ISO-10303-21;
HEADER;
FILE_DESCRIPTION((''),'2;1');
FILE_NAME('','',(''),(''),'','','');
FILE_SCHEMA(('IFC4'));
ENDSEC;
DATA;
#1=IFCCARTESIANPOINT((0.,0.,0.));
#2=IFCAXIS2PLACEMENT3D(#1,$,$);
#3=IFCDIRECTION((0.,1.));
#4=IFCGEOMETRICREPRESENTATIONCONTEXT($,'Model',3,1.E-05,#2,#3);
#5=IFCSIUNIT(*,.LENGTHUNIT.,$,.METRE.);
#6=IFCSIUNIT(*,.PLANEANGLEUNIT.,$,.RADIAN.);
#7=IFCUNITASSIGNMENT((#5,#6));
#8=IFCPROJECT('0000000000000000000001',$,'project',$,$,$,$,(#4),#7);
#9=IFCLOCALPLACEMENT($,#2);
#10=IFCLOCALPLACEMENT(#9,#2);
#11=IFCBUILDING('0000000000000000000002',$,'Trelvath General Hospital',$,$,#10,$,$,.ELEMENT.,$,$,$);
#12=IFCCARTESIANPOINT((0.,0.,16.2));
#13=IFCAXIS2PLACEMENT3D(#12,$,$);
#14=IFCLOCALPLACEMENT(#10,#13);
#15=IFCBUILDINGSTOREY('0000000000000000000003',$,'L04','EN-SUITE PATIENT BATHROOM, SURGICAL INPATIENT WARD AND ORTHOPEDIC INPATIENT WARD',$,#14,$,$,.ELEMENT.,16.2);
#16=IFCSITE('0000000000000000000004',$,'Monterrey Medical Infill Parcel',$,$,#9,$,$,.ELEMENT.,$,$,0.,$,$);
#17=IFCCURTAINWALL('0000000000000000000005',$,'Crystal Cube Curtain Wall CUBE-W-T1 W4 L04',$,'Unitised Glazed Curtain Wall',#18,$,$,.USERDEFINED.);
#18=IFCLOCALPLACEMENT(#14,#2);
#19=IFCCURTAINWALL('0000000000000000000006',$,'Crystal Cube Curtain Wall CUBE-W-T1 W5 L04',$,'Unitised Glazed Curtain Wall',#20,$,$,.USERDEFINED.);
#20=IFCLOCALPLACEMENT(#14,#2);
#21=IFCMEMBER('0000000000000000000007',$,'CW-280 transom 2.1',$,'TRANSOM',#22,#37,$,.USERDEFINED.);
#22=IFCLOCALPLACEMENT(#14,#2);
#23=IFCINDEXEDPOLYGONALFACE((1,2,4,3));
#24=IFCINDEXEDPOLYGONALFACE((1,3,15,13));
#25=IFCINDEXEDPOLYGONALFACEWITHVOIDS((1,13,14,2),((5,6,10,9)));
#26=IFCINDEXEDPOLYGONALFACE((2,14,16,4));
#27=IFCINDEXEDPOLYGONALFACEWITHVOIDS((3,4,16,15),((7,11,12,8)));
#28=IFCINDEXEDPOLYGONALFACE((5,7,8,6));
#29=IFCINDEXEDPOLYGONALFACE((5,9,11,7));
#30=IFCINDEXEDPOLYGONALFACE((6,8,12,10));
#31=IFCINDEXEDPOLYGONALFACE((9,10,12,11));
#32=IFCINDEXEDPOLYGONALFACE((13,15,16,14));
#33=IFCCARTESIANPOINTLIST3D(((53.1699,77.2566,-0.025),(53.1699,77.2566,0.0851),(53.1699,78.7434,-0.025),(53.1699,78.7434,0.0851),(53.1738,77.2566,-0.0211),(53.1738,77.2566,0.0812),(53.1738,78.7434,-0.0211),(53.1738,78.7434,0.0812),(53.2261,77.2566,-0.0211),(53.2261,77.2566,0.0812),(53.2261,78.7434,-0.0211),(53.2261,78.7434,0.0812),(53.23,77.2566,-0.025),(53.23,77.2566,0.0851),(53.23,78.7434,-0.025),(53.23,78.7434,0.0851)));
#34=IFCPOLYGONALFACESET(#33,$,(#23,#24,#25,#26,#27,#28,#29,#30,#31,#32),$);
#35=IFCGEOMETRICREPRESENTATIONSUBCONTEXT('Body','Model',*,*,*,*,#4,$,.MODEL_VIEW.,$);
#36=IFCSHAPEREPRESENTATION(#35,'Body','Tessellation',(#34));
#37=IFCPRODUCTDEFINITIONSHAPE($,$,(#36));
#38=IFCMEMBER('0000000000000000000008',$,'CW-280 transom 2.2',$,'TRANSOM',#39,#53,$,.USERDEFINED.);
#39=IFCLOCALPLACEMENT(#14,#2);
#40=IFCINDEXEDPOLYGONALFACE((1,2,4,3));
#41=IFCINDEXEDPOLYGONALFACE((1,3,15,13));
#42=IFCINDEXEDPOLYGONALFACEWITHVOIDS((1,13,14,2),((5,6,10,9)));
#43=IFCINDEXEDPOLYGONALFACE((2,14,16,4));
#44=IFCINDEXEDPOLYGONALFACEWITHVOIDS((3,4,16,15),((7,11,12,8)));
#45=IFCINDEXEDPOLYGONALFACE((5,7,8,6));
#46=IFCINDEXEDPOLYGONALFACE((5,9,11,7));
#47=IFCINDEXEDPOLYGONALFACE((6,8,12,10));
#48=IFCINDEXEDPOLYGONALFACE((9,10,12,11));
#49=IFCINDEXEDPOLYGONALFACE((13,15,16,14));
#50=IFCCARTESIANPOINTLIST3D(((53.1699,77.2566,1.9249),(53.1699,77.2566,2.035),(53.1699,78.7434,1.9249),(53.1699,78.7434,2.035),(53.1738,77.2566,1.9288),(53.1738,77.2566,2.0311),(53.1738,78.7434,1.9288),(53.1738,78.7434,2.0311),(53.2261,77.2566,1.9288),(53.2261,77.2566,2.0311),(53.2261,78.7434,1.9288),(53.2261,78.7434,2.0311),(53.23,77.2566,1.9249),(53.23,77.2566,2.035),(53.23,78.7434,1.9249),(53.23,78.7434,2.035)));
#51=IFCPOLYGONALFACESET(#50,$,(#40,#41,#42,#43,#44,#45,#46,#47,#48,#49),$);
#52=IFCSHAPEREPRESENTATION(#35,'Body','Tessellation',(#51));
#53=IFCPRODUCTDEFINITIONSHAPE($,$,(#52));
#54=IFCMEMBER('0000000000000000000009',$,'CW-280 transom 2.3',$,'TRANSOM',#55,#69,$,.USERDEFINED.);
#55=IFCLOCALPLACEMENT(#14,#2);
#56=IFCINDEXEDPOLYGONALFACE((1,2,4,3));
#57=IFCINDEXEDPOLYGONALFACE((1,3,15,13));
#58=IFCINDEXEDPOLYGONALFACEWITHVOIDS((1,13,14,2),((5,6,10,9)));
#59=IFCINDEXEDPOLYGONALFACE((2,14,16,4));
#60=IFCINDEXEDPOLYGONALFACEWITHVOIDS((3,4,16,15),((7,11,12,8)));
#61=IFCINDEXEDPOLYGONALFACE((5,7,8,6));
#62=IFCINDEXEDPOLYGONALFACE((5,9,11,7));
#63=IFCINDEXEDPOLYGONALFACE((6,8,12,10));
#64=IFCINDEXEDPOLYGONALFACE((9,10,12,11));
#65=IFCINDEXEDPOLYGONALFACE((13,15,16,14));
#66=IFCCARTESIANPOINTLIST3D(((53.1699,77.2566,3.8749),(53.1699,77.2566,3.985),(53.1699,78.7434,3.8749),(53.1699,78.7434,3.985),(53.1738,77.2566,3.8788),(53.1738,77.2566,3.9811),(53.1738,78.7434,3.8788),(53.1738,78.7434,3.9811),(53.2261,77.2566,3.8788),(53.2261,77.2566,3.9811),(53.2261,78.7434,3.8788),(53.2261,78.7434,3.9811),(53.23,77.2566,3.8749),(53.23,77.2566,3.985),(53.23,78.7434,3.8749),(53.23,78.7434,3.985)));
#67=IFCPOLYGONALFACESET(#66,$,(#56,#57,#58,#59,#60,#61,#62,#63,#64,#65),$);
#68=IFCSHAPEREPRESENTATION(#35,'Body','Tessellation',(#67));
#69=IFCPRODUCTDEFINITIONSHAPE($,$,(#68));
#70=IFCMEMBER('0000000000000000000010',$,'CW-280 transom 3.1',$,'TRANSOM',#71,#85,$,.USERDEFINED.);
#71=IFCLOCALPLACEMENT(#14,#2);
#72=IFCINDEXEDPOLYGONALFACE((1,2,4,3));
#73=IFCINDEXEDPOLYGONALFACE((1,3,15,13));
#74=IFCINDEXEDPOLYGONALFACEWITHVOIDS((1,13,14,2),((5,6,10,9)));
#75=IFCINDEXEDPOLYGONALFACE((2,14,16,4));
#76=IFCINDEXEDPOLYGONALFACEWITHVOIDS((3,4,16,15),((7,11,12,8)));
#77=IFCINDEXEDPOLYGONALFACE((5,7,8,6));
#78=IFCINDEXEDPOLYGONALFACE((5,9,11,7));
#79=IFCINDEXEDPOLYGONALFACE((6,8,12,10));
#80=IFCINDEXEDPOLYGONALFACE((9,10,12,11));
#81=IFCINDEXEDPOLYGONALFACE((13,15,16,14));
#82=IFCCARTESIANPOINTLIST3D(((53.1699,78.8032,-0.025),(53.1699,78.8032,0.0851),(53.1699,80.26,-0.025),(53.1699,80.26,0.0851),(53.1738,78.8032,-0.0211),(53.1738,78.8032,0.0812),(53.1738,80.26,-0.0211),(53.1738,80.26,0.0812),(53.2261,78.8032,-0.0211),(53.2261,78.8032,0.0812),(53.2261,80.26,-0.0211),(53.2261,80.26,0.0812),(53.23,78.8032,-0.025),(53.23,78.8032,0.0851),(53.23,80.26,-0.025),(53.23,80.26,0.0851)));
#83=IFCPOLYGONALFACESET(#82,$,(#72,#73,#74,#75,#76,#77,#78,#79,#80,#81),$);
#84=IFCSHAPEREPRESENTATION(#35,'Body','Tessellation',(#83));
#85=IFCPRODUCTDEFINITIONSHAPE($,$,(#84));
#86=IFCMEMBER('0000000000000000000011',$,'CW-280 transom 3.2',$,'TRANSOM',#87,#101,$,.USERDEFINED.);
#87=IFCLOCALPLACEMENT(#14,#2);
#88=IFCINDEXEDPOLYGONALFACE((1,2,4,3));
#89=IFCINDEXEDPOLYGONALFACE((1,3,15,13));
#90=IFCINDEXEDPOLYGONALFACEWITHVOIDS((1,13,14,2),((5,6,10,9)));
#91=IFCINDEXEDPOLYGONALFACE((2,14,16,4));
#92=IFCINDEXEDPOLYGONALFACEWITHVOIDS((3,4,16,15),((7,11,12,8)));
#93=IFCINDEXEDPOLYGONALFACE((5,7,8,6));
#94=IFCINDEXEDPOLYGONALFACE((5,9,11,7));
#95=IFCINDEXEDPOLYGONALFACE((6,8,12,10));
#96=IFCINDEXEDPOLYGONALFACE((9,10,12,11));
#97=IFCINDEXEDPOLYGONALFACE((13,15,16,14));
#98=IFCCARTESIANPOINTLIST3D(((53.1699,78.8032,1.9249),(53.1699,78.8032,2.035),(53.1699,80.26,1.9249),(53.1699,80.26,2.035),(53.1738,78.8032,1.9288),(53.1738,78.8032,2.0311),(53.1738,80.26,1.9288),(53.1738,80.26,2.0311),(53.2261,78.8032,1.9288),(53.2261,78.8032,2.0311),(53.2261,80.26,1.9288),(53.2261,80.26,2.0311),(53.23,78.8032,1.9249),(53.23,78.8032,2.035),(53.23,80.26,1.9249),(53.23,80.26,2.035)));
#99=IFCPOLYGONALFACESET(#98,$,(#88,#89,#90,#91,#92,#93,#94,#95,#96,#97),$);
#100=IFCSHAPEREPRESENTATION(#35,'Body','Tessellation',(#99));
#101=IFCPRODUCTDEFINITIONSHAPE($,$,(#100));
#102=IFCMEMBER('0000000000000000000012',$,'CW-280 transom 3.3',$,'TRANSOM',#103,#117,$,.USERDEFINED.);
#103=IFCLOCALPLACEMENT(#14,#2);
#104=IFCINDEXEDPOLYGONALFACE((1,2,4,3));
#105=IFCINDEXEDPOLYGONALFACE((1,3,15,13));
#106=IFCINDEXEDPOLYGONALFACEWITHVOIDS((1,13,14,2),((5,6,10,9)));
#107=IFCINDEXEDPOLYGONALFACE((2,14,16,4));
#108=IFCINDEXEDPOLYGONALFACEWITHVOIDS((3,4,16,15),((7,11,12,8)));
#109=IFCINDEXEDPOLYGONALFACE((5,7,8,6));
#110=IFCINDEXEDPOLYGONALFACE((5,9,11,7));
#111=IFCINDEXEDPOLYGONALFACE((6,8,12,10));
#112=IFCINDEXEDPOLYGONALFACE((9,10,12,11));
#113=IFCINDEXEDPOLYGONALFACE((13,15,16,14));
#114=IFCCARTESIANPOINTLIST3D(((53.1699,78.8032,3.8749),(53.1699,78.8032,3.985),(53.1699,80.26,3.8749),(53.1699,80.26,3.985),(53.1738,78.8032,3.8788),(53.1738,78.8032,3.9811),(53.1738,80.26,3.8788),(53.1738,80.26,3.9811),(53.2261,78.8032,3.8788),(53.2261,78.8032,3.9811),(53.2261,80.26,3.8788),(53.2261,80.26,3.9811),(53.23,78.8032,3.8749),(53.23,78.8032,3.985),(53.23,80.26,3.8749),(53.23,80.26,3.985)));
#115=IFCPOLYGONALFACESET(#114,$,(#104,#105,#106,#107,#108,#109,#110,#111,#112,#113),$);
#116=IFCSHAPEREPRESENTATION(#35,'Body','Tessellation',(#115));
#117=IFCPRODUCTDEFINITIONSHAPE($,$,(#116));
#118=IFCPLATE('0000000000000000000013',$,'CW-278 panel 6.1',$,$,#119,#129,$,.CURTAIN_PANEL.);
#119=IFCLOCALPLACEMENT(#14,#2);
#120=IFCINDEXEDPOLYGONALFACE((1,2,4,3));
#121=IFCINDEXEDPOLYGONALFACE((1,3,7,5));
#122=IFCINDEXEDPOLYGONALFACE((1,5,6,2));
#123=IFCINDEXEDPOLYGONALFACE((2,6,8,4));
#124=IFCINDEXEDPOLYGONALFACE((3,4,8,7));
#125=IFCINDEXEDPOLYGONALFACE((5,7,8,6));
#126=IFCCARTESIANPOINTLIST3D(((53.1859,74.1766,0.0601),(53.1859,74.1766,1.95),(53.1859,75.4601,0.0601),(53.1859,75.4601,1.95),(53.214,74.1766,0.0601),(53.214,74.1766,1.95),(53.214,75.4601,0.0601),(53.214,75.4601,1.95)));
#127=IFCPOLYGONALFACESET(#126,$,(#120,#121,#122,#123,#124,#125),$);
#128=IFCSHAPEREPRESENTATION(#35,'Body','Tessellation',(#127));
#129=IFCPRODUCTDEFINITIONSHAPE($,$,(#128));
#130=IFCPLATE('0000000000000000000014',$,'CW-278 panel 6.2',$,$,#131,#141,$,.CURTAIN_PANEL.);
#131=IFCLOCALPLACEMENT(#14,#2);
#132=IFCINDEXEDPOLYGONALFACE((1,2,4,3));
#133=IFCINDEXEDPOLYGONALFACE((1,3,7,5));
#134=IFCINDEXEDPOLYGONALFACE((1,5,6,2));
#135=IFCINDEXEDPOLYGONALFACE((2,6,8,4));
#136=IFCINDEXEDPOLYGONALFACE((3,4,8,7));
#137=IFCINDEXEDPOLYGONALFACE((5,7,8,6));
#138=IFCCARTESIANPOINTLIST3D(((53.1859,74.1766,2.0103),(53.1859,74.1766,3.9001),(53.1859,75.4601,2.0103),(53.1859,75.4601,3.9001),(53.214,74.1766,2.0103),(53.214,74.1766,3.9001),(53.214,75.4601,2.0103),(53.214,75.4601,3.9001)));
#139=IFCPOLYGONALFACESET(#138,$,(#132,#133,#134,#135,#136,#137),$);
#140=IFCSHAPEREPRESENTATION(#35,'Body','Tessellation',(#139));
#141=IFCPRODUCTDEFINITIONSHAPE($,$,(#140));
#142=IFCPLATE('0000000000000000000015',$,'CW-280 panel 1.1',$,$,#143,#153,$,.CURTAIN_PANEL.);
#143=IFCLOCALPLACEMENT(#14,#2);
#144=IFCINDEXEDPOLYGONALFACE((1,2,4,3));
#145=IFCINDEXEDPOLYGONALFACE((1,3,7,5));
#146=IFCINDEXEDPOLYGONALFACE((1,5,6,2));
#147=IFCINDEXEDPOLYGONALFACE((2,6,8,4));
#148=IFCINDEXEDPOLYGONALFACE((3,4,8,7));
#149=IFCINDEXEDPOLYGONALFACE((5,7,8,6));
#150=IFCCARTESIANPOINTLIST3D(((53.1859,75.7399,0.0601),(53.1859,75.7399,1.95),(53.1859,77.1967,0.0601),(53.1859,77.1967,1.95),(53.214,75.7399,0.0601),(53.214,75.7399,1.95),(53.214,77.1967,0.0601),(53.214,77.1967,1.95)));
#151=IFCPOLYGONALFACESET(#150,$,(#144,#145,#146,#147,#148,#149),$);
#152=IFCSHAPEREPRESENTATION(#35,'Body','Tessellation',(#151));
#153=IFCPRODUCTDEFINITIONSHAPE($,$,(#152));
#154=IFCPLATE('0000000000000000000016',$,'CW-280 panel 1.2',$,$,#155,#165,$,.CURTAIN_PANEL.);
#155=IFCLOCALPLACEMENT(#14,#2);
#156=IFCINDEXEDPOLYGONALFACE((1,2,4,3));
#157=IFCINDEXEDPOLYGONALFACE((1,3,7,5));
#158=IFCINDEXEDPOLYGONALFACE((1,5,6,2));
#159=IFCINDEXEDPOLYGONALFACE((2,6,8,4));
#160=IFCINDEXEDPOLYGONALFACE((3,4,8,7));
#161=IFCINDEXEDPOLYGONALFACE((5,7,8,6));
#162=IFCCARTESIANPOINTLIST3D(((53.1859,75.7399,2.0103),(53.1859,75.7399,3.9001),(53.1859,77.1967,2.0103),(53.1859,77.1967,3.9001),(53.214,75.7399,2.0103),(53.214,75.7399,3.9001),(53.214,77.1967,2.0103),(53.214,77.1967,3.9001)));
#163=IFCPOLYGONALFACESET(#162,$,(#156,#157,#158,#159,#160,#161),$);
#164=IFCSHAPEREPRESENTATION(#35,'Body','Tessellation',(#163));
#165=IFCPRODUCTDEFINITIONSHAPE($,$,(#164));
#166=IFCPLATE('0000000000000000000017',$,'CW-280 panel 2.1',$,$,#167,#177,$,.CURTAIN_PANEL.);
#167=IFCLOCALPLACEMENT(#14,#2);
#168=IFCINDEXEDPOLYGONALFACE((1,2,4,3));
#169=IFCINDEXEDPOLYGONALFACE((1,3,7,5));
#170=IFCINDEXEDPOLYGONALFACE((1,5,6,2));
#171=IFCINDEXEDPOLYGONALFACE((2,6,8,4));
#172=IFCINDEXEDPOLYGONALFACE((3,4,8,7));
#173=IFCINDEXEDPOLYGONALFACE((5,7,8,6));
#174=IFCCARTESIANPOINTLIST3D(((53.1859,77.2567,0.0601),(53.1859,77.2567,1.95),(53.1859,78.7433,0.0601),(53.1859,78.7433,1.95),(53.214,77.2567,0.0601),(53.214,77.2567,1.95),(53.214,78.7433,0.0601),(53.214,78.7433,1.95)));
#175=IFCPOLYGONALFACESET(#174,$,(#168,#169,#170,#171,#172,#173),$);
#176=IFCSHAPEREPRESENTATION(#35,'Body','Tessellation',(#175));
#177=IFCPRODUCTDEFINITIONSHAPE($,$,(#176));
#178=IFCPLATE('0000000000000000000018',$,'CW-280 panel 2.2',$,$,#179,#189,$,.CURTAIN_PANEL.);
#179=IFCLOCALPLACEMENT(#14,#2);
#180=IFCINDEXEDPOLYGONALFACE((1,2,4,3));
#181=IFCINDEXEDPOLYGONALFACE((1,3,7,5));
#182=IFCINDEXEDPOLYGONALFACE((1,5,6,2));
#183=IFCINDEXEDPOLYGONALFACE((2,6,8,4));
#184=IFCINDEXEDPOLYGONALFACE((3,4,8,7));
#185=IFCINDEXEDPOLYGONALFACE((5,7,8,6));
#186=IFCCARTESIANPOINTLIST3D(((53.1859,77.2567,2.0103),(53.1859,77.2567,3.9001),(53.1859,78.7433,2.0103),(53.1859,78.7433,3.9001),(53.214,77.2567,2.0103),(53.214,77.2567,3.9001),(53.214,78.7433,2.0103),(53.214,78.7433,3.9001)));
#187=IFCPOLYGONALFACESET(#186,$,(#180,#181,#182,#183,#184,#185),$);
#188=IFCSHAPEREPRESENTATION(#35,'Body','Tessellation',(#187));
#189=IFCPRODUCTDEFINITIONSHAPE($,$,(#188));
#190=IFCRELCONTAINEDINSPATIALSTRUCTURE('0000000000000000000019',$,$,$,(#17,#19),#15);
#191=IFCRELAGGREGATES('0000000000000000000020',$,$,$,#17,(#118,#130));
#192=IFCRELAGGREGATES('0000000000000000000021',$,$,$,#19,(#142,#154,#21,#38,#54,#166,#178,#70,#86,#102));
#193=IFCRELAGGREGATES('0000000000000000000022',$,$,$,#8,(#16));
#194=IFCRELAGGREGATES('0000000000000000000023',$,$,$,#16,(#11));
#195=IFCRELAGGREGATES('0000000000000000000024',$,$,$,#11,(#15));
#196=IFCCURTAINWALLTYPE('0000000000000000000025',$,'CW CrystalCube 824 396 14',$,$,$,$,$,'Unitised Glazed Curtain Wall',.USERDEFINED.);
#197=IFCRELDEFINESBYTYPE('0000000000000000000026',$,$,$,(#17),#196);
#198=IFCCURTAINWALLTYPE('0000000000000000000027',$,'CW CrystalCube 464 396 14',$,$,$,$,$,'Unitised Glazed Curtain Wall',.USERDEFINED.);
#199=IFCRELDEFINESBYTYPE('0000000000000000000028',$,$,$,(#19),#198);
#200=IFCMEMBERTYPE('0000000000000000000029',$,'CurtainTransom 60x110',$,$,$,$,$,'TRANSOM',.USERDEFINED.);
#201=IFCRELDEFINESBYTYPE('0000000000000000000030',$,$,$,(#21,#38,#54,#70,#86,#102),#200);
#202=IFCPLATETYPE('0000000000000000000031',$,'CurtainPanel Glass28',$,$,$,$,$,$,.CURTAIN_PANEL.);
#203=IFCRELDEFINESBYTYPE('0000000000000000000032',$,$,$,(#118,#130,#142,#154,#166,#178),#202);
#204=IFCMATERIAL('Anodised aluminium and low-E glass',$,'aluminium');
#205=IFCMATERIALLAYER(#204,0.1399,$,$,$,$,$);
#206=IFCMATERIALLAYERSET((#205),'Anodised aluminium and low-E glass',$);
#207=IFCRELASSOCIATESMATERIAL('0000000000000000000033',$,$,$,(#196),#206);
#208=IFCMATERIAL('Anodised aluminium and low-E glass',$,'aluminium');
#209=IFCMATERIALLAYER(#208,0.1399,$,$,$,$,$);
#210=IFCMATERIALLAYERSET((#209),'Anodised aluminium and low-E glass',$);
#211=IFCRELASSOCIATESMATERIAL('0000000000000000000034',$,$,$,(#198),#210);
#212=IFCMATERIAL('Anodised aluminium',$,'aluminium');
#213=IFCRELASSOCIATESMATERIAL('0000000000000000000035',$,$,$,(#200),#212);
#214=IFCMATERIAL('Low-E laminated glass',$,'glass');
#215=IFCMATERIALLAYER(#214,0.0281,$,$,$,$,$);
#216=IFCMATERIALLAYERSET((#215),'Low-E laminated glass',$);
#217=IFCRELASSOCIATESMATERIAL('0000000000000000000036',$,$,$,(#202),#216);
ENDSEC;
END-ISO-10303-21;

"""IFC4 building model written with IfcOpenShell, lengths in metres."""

from ifc_helpers import new_model, si_unit, direction, frame, origin, origin_2d, place, context, subcontext, project, spatial, rectangle, hollow_rectangle, extrude, material, layer, layer_set, material_profile, profile_set, type_object, element, aggregate, save


model = new_model("IFC4")

# Units and contexts
model_context = context("Model", 3, precision=1e-05, world=origin(), true_north=direction((0.0, 1.0)))
body_context = subcontext(model_context, "Body", "Model", "MODEL_VIEW")
ifc_project = project(units=[si_unit("LENGTHUNIT", "METRE"), si_unit("PLANEANGLEUNIT", "RADIAN")], contexts=[model_context])

# Site, building, storey
site_placement = place(None, origin())
site = spatial("IfcSite", under=ifc_project, at=site_placement, Name="Monterrey Medical Infill Parcel", CompositionType="ELEMENT", RefElevation=0.0)
building_placement = place(site_placement, origin())
building = spatial("IfcBuilding", under=site, at=building_placement, Name="Trelvath General Hospital", CompositionType="ELEMENT")
storey_placement = place(building_placement, frame((0.0, 0.0, 16.2)))
storey = spatial("IfcBuildingStorey", under=building, at=storey_placement, Name="L04", Description="EN-SUITE PATIENT BATHROOM, SURGICAL INPATIENT WARD AND ORTHOPEDIC INPATIENT WARD", CompositionType="ELEMENT", Elevation=16.2)

# Curtain wall
ifc_material_1 = material(Name="Anodised aluminium and low-E glass", Category="aluminium")
ifc_layer_1 = layer(ifc_material_1, 0.1399)
ifc_layer_set_1 = layer_set([ifc_layer_1], Name="Anodised aluminium and low-E glass")
curtain_wall_type_1 = type_object("IfcCurtainWallType", Name="CW CrystalCube 824 396 14", ElementType="Unitised Glazed Curtain Wall", PredefinedType="USERDEFINED", material=ifc_layer_set_1)
curtain_wall_1_placement = place(storey_placement, origin())
curtain_wall_1 = element("IfcCurtainWall", 1, at=curtain_wall_1_placement, inside=storey, type_object=curtain_wall_type_1, Name="Crystal Cube Curtain Wall CUBE-W-T1 W4 L04", ObjectType="Unitised Glazed Curtain Wall", PredefinedType="USERDEFINED")

# Curtain wall
ifc_material_2 = material(Name="Anodised aluminium and low-E glass", Category="aluminium")
ifc_layer_2 = layer(ifc_material_2, 0.1399)
ifc_layer_set_2 = layer_set([ifc_layer_2], Name="Anodised aluminium and low-E glass")
curtain_wall_type_2 = type_object("IfcCurtainWallType", Name="CW CrystalCube 464 396 14", ElementType="Unitised Glazed Curtain Wall", PredefinedType="USERDEFINED", material=ifc_layer_set_2)
curtain_wall_2_placement = place(storey_placement, origin())
curtain_wall_2 = element("IfcCurtainWall", 2, at=curtain_wall_2_placement, inside=storey, type_object=curtain_wall_type_2, Name="Crystal Cube Curtain Wall CUBE-W-T1 W5 L04", ObjectType="Unitised Glazed Curtain Wall", PredefinedType="USERDEFINED")

# Members
ifc_material_3 = material(Name="Anodised aluminium", Category="aluminium")
ifc_material_profile_1 = material_profile(ifc_material_3, hollow_rectangle(XDim=0.0601, YDim=0.1101, WallThickness=0.0039, at=origin_2d()), Name="RHS60x110x4")
ifc_profile_set_1 = profile_set([ifc_material_profile_1], Name="Anodised aluminium")
member_type_1 = type_object("IfcMemberType", Name="CurtainTransom 60x110", ElementType="TRANSOM", PredefinedType="USERDEFINED", material=ifc_profile_set_1)
member_1_placement = place(storey_placement, frame((53.2, 77.2566, 0.03), z_axis=(0.0, 1.0, 0.0), x_axis=(-1.0, 0.0, 0.0)))
member_1 = element("IfcMember", 3, at=member_1_placement, type_object=member_type_1, Name="CW-280 transom 2.1", ObjectType="TRANSOM", PredefinedType="USERDEFINED", context=body_context, shape_type="SweptSolid", body=[
    extrude(hollow_rectangle(XDim=0.0601, YDim=0.1101, WallThickness=0.0039, at=origin_2d()), origin(), (0.0, 0.0, 1.0), 1.4868),
])
member_2_placement = place(storey_placement, frame((53.2, 77.2566, 1.98), z_axis=(0.0, 1.0, 0.0), x_axis=(-1.0, 0.0, 0.0)))
member_2 = element("IfcMember", 4, at=member_2_placement, type_object=member_type_1, Name="CW-280 transom 2.2", ObjectType="TRANSOM", PredefinedType="USERDEFINED", context=body_context, shape_type="SweptSolid", body=[
    extrude(hollow_rectangle(XDim=0.0601, YDim=0.1101, WallThickness=0.0039, at=origin_2d()), origin(), (0.0, 0.0, 1.0), 1.4868),
])
member_3_placement = place(storey_placement, frame((53.2, 77.2566, 3.9299), z_axis=(0.0, 1.0, 0.0), x_axis=(-1.0, 0.0, 0.0)))
member_3 = element("IfcMember", 5, at=member_3_placement, type_object=member_type_1, Name="CW-280 transom 2.3", ObjectType="TRANSOM", PredefinedType="USERDEFINED", context=body_context, shape_type="SweptSolid", body=[
    extrude(hollow_rectangle(XDim=0.0601, YDim=0.1101, WallThickness=0.0039, at=origin_2d()), origin(), (0.0, 0.0, 1.0), 1.4868),
])
member_4_placement = place(storey_placement, frame((53.2, 78.8032, 0.03), z_axis=(0.0, 1.0, 0.0), x_axis=(-1.0, 0.0, 0.0)))
member_4 = element("IfcMember", 6, at=member_4_placement, type_object=member_type_1, Name="CW-280 transom 3.1", ObjectType="TRANSOM", PredefinedType="USERDEFINED", context=body_context, shape_type="SweptSolid", body=[
    extrude(hollow_rectangle(XDim=0.0601, YDim=0.1101, WallThickness=0.0039, at=origin_2d()), origin(), (0.0, 0.0, 1.0), 1.4568),
])
member_5_placement = place(storey_placement, frame((53.2, 78.8032, 1.98), z_axis=(0.0, 1.0, 0.0), x_axis=(-1.0, 0.0, 0.0)))
member_5 = element("IfcMember", 7, at=member_5_placement, type_object=member_type_1, Name="CW-280 transom 3.2", ObjectType="TRANSOM", PredefinedType="USERDEFINED", context=body_context, shape_type="SweptSolid", body=[
    extrude(hollow_rectangle(XDim=0.0601, YDim=0.1101, WallThickness=0.0039, at=origin_2d()), origin(), (0.0, 0.0, 1.0), 1.4568),
])
member_6_placement = place(storey_placement, frame((53.2, 78.8032, 3.9299), z_axis=(0.0, 1.0, 0.0), x_axis=(-1.0, 0.0, 0.0)))
member_6 = element("IfcMember", 8, at=member_6_placement, type_object=member_type_1, Name="CW-280 transom 3.3", ObjectType="TRANSOM", PredefinedType="USERDEFINED", context=body_context, shape_type="SweptSolid", body=[
    extrude(hollow_rectangle(XDim=0.0601, YDim=0.1101, WallThickness=0.0039, at=origin_2d()), origin(), (0.0, 0.0, 1.0), 1.4568),
])

# Plates
ifc_material_4 = material(Name="Low-E laminated glass", Category="glass")
ifc_layer_3 = layer(ifc_material_4, 0.0281)
ifc_layer_set_3 = layer_set([ifc_layer_3], Name="Low-E laminated glass")
plate_type = type_object("IfcPlateType", Name="CurtainPanel Glass28", PredefinedType="CURTAIN_PANEL", material=ifc_layer_set_3)
plate_1_placement = place(storey_placement, frame((53.2, 74.8184, 0.0601), z_axis=(0.0, 0.0, 1.0), x_axis=(0.0, 1.0, 0.0)))
plate_1 = element("IfcPlate", 9, at=plate_1_placement, type_object=plate_type, Name="CW-278 panel 6.1", PredefinedType="CURTAIN_PANEL", context=body_context, shape_type="SweptSolid", body=[
    extrude(rectangle(XDim=1.2834, YDim=0.0281, at=origin_2d()), origin(), (0.0, 0.0, 1.0), 1.8899),
])
plate_2_placement = place(storey_placement, frame((53.2, 74.8184, 2.0103), z_axis=(0.0, 0.0, 1.0), x_axis=(0.0, 1.0, 0.0)))
plate_2 = element("IfcPlate", 10, at=plate_2_placement, type_object=plate_type, Name="CW-278 panel 6.2", PredefinedType="CURTAIN_PANEL", context=body_context, shape_type="SweptSolid", body=[
    extrude(rectangle(XDim=1.2834, YDim=0.0281, at=origin_2d()), origin(), (0.0, 0.0, 1.0), 1.8899),
])
aggregate(curtain_wall_1, [plate_1, plate_2])
plate_3_placement = place(storey_placement, frame((53.2, 76.4683, 0.0601), z_axis=(0.0, 0.0, 1.0), x_axis=(0.0, 1.0, 0.0)))
plate_3 = element("IfcPlate", 11, at=plate_3_placement, type_object=plate_type, Name="CW-280 panel 1.1", PredefinedType="CURTAIN_PANEL", context=body_context, shape_type="SweptSolid", body=[
    extrude(rectangle(XDim=1.4568, YDim=0.0281, at=origin_2d()), origin(), (0.0, 0.0, 1.0), 1.8899),
])
plate_4_placement = place(storey_placement, frame((53.2, 76.4683, 2.0103), z_axis=(0.0, 0.0, 1.0), x_axis=(0.0, 1.0, 0.0)))
plate_4 = element("IfcPlate", 12, at=plate_4_placement, type_object=plate_type, Name="CW-280 panel 1.2", PredefinedType="CURTAIN_PANEL", context=body_context, shape_type="SweptSolid", body=[
    extrude(rectangle(XDim=1.4568, YDim=0.0281, at=origin_2d()), origin(), (0.0, 0.0, 1.0), 1.8899),
])
plate_5_placement = place(storey_placement, frame((53.2, 78.0, 0.0601), z_axis=(0.0, 0.0, 1.0), x_axis=(0.0, 1.0, 0.0)))
plate_5 = element("IfcPlate", 13, at=plate_5_placement, type_object=plate_type, Name="CW-280 panel 2.1", PredefinedType="CURTAIN_PANEL", context=body_context, shape_type="SweptSolid", body=[
    extrude(rectangle(XDim=1.4866, YDim=0.0281, at=origin_2d()), origin(), (0.0, 0.0, 1.0), 1.8899),
])
plate_6_placement = place(storey_placement, frame((53.2, 78.0, 2.0103), z_axis=(0.0, 0.0, 1.0), x_axis=(0.0, 1.0, 0.0)))
plate_6 = element("IfcPlate", 14, at=plate_6_placement, type_object=plate_type, Name="CW-280 panel 2.2", PredefinedType="CURTAIN_PANEL", context=body_context, shape_type="SweptSolid", body=[
    extrude(rectangle(XDim=1.4866, YDim=0.0281, at=origin_2d()), origin(), (0.0, 0.0, 1.0), 1.8899),
])
aggregate(curtain_wall_2, [plate_3, plate_4, member_1, member_2, member_3, plate_5, plate_6, member_4, member_5, member_6])

save(model, "model.ifc")
